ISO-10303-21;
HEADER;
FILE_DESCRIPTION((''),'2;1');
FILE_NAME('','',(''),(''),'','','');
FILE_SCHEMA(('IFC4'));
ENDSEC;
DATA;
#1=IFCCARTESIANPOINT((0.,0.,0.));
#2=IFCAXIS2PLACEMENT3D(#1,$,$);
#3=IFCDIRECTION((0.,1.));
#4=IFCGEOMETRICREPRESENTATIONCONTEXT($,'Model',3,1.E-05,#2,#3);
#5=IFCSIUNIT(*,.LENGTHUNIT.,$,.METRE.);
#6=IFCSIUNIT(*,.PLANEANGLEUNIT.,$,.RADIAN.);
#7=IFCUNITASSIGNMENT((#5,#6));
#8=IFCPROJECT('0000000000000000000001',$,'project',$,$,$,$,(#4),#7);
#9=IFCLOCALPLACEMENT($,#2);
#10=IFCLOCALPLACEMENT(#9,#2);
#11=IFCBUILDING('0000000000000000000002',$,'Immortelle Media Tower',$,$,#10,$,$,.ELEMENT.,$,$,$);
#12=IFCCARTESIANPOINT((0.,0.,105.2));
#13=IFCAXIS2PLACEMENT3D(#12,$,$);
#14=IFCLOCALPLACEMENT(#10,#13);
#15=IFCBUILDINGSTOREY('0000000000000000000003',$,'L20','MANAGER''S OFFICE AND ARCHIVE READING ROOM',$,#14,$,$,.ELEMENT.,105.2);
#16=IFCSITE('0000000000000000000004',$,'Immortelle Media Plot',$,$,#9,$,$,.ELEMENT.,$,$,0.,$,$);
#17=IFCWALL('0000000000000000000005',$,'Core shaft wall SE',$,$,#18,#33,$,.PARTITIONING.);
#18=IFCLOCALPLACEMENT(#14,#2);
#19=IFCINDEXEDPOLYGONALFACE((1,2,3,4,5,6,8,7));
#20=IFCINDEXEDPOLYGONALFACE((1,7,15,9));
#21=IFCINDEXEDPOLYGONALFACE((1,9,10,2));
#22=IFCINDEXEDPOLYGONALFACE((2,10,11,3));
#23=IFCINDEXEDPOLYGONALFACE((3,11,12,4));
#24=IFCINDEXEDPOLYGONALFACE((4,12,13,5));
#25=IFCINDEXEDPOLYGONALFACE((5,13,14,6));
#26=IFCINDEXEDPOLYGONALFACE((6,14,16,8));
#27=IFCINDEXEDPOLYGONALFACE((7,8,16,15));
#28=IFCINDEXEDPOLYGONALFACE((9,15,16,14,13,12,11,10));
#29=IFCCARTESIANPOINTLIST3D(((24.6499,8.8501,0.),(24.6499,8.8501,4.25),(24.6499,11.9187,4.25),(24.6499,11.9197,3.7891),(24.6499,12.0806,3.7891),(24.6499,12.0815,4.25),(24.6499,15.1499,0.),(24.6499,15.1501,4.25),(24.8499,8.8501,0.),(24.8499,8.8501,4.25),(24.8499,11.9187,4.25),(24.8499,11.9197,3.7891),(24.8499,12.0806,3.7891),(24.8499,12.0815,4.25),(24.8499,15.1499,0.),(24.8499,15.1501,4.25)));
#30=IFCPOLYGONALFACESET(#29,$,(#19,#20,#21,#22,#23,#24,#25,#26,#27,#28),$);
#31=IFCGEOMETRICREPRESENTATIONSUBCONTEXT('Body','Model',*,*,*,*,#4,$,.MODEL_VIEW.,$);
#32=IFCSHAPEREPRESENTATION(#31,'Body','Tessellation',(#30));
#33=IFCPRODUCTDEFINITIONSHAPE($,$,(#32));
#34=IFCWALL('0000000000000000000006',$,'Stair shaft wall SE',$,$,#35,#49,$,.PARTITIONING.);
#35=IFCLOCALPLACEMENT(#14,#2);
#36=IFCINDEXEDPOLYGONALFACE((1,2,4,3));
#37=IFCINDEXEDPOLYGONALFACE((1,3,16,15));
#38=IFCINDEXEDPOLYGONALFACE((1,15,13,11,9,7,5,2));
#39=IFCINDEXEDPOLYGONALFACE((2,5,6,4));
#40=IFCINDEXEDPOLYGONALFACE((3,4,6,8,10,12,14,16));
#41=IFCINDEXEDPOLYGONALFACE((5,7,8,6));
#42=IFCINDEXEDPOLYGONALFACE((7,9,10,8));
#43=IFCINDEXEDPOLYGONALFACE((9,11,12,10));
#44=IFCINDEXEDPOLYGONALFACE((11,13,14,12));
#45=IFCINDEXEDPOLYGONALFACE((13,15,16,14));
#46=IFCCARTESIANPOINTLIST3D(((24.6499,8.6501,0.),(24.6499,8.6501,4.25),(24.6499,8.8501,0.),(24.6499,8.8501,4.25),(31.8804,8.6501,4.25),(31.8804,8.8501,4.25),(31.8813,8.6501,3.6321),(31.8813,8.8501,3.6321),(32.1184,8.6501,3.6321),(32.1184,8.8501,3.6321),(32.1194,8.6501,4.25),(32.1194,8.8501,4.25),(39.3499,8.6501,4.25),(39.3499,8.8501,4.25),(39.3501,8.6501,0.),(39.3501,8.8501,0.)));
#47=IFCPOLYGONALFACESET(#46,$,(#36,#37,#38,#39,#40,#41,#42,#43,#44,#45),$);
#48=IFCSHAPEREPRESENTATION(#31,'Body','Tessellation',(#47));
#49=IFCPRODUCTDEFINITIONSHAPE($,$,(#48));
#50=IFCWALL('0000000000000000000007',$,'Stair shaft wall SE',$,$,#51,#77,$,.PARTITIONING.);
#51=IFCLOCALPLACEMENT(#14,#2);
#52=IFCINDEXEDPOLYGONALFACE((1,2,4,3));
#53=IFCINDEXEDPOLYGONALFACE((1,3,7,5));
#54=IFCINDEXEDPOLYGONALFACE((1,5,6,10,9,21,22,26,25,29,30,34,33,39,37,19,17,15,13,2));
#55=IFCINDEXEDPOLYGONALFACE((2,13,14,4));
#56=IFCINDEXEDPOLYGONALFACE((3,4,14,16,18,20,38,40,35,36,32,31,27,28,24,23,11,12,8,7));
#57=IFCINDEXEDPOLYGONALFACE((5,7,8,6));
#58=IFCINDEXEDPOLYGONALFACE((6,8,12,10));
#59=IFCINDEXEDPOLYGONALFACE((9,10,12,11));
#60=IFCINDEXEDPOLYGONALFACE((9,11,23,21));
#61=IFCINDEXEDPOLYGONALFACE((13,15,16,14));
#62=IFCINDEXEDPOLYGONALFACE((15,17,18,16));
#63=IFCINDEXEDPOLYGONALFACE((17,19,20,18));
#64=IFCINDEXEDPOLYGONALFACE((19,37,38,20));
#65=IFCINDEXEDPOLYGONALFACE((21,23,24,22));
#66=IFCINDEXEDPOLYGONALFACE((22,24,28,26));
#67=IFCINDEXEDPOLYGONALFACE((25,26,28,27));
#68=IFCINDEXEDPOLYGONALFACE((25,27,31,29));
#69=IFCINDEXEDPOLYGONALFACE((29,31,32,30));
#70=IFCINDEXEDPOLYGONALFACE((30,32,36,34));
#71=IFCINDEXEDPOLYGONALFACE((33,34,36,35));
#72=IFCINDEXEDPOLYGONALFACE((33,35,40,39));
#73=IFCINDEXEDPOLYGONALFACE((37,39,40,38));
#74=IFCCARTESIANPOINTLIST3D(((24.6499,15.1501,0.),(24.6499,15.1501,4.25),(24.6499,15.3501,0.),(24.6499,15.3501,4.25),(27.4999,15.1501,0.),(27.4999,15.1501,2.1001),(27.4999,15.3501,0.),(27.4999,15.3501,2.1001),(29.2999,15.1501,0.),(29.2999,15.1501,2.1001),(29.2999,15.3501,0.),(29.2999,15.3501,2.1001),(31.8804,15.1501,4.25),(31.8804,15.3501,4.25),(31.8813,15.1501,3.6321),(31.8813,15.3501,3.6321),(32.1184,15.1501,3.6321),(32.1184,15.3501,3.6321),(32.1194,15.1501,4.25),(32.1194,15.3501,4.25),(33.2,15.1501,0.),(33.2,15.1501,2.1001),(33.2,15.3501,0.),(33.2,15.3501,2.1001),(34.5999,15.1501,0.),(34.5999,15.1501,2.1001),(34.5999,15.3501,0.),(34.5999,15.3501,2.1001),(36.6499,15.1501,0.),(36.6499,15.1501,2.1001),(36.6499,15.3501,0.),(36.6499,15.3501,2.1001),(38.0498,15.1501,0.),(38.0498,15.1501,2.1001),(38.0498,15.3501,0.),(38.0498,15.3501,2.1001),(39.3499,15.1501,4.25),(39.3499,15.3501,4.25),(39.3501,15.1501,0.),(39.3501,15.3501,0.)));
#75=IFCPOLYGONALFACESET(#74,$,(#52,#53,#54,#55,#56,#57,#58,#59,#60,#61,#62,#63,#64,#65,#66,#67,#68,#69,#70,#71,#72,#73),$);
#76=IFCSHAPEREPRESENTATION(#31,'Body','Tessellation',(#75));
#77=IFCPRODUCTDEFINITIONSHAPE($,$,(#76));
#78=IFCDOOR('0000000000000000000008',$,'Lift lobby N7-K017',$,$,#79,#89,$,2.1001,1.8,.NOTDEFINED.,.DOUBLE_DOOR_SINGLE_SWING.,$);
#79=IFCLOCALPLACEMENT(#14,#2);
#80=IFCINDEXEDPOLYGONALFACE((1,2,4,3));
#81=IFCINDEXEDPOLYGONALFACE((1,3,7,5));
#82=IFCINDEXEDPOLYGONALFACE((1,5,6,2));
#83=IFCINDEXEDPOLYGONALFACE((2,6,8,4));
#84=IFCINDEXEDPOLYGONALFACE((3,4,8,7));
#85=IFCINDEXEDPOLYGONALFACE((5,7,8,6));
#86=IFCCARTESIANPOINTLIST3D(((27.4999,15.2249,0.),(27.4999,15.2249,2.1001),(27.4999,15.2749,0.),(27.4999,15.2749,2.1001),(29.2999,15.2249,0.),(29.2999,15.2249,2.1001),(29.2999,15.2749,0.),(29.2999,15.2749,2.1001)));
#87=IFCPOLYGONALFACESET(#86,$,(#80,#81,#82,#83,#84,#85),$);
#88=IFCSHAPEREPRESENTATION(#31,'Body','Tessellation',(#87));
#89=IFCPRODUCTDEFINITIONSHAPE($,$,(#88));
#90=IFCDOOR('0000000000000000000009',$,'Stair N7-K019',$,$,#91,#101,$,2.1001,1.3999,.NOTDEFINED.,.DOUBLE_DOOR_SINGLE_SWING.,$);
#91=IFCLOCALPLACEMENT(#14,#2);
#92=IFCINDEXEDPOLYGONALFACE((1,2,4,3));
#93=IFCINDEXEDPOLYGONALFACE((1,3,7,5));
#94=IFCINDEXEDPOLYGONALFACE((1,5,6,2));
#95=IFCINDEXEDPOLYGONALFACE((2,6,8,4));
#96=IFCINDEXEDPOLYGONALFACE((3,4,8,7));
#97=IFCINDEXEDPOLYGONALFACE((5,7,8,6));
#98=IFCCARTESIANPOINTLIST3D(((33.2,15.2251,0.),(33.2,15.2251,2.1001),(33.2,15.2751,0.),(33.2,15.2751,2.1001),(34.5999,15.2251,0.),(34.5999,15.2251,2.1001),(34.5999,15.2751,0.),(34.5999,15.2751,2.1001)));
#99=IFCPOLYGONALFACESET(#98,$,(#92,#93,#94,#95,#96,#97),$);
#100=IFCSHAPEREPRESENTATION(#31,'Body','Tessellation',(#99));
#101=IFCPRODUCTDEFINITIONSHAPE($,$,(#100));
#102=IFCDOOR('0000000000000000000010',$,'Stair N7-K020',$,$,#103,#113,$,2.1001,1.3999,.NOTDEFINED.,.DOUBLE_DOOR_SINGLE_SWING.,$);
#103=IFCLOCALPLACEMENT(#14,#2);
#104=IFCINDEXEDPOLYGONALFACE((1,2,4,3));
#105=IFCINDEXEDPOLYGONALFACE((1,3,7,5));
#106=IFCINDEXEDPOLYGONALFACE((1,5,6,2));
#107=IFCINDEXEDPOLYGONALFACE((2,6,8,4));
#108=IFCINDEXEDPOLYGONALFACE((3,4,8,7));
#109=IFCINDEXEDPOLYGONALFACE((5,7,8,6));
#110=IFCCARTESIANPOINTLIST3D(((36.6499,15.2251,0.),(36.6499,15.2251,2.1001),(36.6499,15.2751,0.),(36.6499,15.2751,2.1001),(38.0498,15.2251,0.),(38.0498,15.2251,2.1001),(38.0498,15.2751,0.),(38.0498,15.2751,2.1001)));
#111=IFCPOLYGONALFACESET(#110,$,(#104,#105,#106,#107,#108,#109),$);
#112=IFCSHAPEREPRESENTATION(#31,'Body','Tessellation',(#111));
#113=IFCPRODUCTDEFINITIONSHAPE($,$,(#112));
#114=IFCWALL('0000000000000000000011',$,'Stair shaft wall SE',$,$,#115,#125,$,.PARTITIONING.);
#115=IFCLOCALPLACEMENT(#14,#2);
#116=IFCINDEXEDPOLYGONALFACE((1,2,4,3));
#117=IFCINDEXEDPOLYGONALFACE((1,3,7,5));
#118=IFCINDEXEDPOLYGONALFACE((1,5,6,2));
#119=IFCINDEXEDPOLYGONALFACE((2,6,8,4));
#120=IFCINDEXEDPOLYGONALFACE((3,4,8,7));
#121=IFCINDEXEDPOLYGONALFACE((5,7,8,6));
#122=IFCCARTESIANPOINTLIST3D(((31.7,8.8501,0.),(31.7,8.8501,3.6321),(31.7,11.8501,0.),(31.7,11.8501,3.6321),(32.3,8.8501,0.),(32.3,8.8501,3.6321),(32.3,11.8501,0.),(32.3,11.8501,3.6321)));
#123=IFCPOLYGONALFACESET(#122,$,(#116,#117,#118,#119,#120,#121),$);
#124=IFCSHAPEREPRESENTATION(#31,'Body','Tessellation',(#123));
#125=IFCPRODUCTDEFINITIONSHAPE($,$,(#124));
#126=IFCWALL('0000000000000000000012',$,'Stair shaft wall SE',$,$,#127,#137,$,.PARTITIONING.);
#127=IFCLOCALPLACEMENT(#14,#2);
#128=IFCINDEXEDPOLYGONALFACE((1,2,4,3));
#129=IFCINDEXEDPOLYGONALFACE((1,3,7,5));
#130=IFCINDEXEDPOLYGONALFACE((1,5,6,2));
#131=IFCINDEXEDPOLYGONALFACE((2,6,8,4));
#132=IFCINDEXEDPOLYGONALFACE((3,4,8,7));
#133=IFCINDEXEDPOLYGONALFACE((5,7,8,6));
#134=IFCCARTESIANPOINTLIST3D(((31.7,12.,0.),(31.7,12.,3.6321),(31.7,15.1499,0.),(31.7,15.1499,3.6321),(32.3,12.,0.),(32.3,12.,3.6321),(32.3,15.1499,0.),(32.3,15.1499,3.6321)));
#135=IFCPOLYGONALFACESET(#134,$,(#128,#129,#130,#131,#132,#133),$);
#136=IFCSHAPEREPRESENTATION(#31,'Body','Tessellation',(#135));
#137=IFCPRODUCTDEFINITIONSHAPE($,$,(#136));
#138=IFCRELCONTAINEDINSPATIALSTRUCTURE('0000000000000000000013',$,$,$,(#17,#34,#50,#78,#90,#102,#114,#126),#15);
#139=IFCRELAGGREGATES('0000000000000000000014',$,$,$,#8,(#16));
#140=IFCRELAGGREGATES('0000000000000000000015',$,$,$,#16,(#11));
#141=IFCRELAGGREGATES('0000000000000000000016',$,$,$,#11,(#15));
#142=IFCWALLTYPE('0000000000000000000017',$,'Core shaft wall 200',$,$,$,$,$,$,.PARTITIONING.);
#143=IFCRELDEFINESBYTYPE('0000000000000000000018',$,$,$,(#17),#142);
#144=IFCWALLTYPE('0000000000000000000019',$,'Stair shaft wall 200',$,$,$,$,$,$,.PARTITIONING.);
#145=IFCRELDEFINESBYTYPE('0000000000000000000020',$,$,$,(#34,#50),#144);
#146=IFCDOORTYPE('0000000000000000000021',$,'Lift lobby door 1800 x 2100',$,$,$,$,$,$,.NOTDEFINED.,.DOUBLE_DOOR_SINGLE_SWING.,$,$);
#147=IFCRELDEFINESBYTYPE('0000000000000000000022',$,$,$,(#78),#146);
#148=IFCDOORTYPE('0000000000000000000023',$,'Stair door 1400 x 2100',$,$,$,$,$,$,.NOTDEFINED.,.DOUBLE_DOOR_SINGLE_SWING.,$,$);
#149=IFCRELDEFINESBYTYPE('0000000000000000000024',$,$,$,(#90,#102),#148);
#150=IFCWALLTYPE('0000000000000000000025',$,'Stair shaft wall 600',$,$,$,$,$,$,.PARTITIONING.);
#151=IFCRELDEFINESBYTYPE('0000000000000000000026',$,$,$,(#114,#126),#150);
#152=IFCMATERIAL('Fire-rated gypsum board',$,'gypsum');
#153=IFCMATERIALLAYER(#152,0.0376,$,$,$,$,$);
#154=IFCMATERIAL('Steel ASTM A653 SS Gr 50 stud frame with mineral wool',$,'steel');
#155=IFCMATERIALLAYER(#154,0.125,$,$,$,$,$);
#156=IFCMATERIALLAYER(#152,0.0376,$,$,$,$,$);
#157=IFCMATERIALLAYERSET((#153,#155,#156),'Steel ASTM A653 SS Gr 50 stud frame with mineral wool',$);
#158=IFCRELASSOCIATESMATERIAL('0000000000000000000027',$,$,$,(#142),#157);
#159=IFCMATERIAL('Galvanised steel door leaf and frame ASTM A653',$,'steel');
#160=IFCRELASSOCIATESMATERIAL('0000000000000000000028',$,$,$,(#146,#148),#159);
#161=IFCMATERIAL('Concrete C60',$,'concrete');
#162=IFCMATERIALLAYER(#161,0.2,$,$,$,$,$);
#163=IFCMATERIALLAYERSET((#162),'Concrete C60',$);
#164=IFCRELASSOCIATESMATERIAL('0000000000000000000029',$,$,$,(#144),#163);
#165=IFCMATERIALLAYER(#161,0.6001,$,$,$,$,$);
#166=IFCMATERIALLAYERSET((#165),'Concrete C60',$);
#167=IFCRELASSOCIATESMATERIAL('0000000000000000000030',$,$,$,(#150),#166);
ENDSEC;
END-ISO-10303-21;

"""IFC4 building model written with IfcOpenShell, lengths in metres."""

from ifc_helpers import new_model, si_unit, direction, frame, frame_2d, origin, place, context, subcontext, project, spatial, polyline, rectangle, outline, extrude, material, layer, layer_set, type_object, element, fill, save


model = new_model("IFC4")

# Units and contexts
model_context = context("Model", 3, precision=1e-05, world=origin(), true_north=direction((0.0, 1.0)))
body_context = subcontext(model_context, "Body", "Model", "MODEL_VIEW")
ifc_project = project(units=[si_unit("LENGTHUNIT", "METRE"), si_unit("PLANEANGLEUNIT", "RADIAN")], contexts=[model_context])

# Site, building, storey
site_placement = place(None, origin())
site = spatial("IfcSite", under=ifc_project, at=site_placement, Name="Immortelle Media Plot", CompositionType="ELEMENT", RefElevation=0.0)
building_placement = place(site_placement, origin())
building = spatial("IfcBuilding", under=site, at=building_placement, Name="Immortelle Media Tower", CompositionType="ELEMENT")
storey_placement = place(building_placement, frame((0.0, 0.0, 105.2)))
storey = spatial("IfcBuildingStorey", under=building, at=storey_placement, Name="L20", Description="MANAGER'S OFFICE AND ARCHIVE READING ROOM", CompositionType="ELEMENT", Elevation=105.2)

# Shared definitions
ifc_material_1 = material(Name="Fire-rated gypsum board", Category="gypsum")
ifc_material_2 = material(Name="Steel ASTM A653 SS Gr 50 stud frame with mineral wool", Category="steel")

# Shared definitions
ifc_layer_1 = layer(ifc_material_1, 0.0376)
ifc_layer_2 = layer(ifc_material_2, 0.125)
ifc_layer_3 = layer(ifc_material_1, 0.0376)
ifc_layer_set_1 = layer_set([ifc_layer_1, ifc_layer_2, ifc_layer_3], Name="Steel ASTM A653 SS Gr 50 stud frame with mineral wool")
wall_type_1 = type_object("IfcWallType", Name="Core shaft wall 200", PredefinedType="PARTITIONING", material=ifc_layer_set_1)

# Shared definitions
ifc_material_3 = material(Name="Galvanised steel door leaf and frame ASTM A653", Category="steel")
door_type_1 = type_object("IfcDoorType", Name="Lift lobby door 1800 x 2100", OperationType="DOUBLE_DOOR_SINGLE_SWING", PredefinedType="NOTDEFINED", material=ifc_material_3)

# Walls
wall_1_placement = place(storey_placement, frame((24.75, 8.8501, 0.0), z_axis=(0.0, 0.0, 1.0), x_axis=(0.0, 1.0, 0.0)))
element("IfcWall", 1, at=wall_1_placement, inside=storey, type_object=wall_type_1, Name="Core shaft wall SE", PredefinedType="PARTITIONING", context=body_context, shape_type="SweptSolid", body=[
    extrude(outline(polyline([(0.0, 0.0), (6.2998, 0.0), (6.3, 4.25), (3.2314, 4.25), (3.2305, 3.7891), (3.0696, 3.7891), (3.0686, 4.25), (0.0, 4.25), (0.0, 0.0)])), frame((0.0, 0.1001, 0.0), z_axis=(0.0, -1.0, 0.0), x_axis=(1.0, 0.0, 0.0)), (0.0, 0.0, 1.0), 0.2),
])
ifc_material_4 = material(Name="Concrete C60", Category="concrete")
ifc_layer_4 = layer(ifc_material_4, 0.2)
ifc_layer_set_2 = layer_set([ifc_layer_4], Name="Concrete C60")
wall_type_2 = type_object("IfcWallType", Name="Stair shaft wall 200", PredefinedType="PARTITIONING", material=ifc_layer_set_2)
wall_2_placement = place(storey_placement, frame((24.6499, 8.75, 0.0), z_axis=(0.0, 0.0, 1.0), x_axis=(1.0, 0.0, 0.0)))
element("IfcWall", 2, at=wall_2_placement, inside=storey, type_object=wall_type_2, Name="Stair shaft wall SE", PredefinedType="PARTITIONING", context=body_context, shape_type="SweptSolid", body=[
    extrude(outline(polyline([(0.0, 0.0), (14.7002, 0.0), (14.7, 4.25), (7.4695, 4.25), (7.4685, 3.6321), (7.2314, 3.6321), (7.2305, 4.25), (0.0, 4.25), (0.0, 0.0)])), frame((0.0, 0.1001, 0.0), z_axis=(0.0, -1.0, 0.0), x_axis=(1.0, 0.0, 0.0)), (0.0, 0.0, 1.0), 0.2),
])

# Wall, openings, doors
wall_3_placement = place(storey_placement, frame((24.6499, 15.25, 0.0), z_axis=(0.0, 0.0, 1.0), x_axis=(1.0, 0.0, 0.0)))
wall_3 = element("IfcWall", 3, at=wall_3_placement, inside=storey, type_object=wall_type_2, Name="Stair shaft wall SE", PredefinedType="PARTITIONING", context=body_context, shape_type="SweptSolid", body=[
    extrude(outline(polyline([(0.0, 0.0), (14.7002, 0.0), (14.7, 4.25), (7.4695, 4.25), (7.4685, 3.6321), (7.2314, 3.6321), (7.2305, 4.25), (0.0, 4.25), (0.0, 0.0)])), frame((0.0, 0.1001, 0.0), z_axis=(0.0, -1.0, 0.0), x_axis=(1.0, 0.0, 0.0)), (0.0, 0.0, 1.0), 0.2),
])
opening_1_placement = place(wall_3_placement, frame((2.8501, 0.0, 0.0)))
opening_1 = element("IfcOpeningElement", 4, at=opening_1_placement, cuts=wall_3, PredefinedType="OPENING", context=body_context, shape_type="SweptSolid", body=[
    extrude(rectangle(XDim=1.8, YDim=2.1001, at=frame_2d((0.8999, 1.05))), frame((0.0, 0.1099, 0.0), z_axis=(0.0, -1.0, 0.0), x_axis=(1.0, 0.0, 0.0)), (0.0, 0.0, 1.0), 0.22),
])
opening_2_placement = place(wall_3_placement, frame((9.95, 0.0, 0.0), z_axis=(0.0, 0.0, 1.0), x_axis=(-1.0, 0.0, 0.0)))
opening_2 = element("IfcOpeningElement", 5, at=opening_2_placement, cuts=wall_3, PredefinedType="OPENING", context=body_context, shape_type="SweptSolid", body=[
    extrude(rectangle(XDim=1.3999, YDim=2.1001, at=frame_2d((0.7, 1.05))), frame((0.0, 0.1099, 0.0), z_axis=(0.0, -1.0, 0.0), x_axis=(1.0, 0.0, 0.0)), (0.0, 0.0, 1.0), 0.22),
])
opening_3_placement = place(wall_3_placement, frame((13.3999, 0.0, 0.0), z_axis=(0.0, 0.0, 1.0), x_axis=(-1.0, 0.0, 0.0)))
opening_3 = element("IfcOpeningElement", 6, at=opening_3_placement, cuts=wall_3, PredefinedType="OPENING", context=body_context, shape_type="SweptSolid", body=[
    extrude(rectangle(XDim=1.3999, YDim=2.1001, at=frame_2d((0.7, 1.05))), frame((0.0, 0.1099, 0.0), z_axis=(0.0, -1.0, 0.0), x_axis=(1.0, 0.0, 0.0)), (0.0, 0.0, 1.0), 0.22),
])
door_1_placement = place(opening_1_placement, origin())
door_1 = element("IfcDoor", 7, at=door_1_placement, inside=storey, type_object=door_type_1, Name="Lift lobby N7-K017", OperationType="DOUBLE_DOOR_SINGLE_SWING", OverallHeight=2.1001, OverallWidth=1.8, PredefinedType="NOTDEFINED", context=body_context, shape_type="SweptSolid", body=[
    extrude(rectangle(XDim=1.8, YDim=2.1001, at=frame_2d((0.8999, 1.05))), frame((0.0, 0.0249, 0.0), z_axis=(0.0, -1.0, 0.0), x_axis=(1.0, 0.0, 0.0)), (0.0, 0.0, 1.0), 0.05),
])
fill(opening_1, door_1)
door_type_2 = type_object("IfcDoorType", Name="Stair door 1400 x 2100", OperationType="DOUBLE_DOOR_SINGLE_SWING", PredefinedType="NOTDEFINED", material=ifc_material_3)
door_2_placement = place(opening_2_placement, origin())
door_2 = element("IfcDoor", 8, at=door_2_placement, inside=storey, type_object=door_type_2, Name="Stair N7-K019", OperationType="DOUBLE_DOOR_SINGLE_SWING", OverallHeight=2.1001, OverallWidth=1.3999, PredefinedType="NOTDEFINED", context=body_context, shape_type="SweptSolid", body=[
    extrude(rectangle(XDim=1.3999, YDim=2.1001, at=frame_2d((0.7, 1.05))), frame((0.0, 0.0249, 0.0), z_axis=(0.0, -1.0, 0.0), x_axis=(1.0, 0.0, 0.0)), (0.0, 0.0, 1.0), 0.05),
])
fill(opening_2, door_2)
door_3_placement = place(opening_3_placement, origin())
door_3 = element("IfcDoor", 9, at=door_3_placement, inside=storey, type_object=door_type_2, Name="Stair N7-K020", OperationType="DOUBLE_DOOR_SINGLE_SWING", OverallHeight=2.1001, OverallWidth=1.3999, PredefinedType="NOTDEFINED", context=body_context, shape_type="SweptSolid", body=[
    extrude(rectangle(XDim=1.3999, YDim=2.1001, at=frame_2d((0.7, 1.05))), frame((0.0, 0.0249, 0.0), z_axis=(0.0, -1.0, 0.0), x_axis=(1.0, 0.0, 0.0)), (0.0, 0.0, 1.0), 0.05),
])
fill(opening_3, door_3)

# Walls
ifc_layer_5 = layer(ifc_material_4, 0.6001)
ifc_layer_set_3 = layer_set([ifc_layer_5], Name="Concrete C60")
wall_type_3 = type_object("IfcWallType", Name="Stair shaft wall 600", PredefinedType="PARTITIONING", material=ifc_layer_set_3)
wall_4_placement = place(storey_placement, frame((32.0, 8.8501, 0.0), z_axis=(0.0, 0.0, 1.0), x_axis=(0.0, 1.0, 0.0)))
element("IfcWall", 10, at=wall_4_placement, inside=storey, type_object=wall_type_3, Name="Stair shaft wall SE", PredefinedType="PARTITIONING", context=body_context, shape_type="SweptSolid", body=[
    extrude(rectangle(XDim=3.0, YDim=0.6001, at=frame_2d((1.5, 0.0))), origin(), (0.0, 0.0, 1.0), 3.6321),
])
wall_5_placement = place(storey_placement, frame((32.0, 12.0, 0.0), z_axis=(0.0, 0.0, 1.0), x_axis=(0.0, 1.0, 0.0)))
element("IfcWall", 11, at=wall_5_placement, inside=storey, type_object=wall_type_3, Name="Stair shaft wall SE", PredefinedType="PARTITIONING", context=body_context, shape_type="SweptSolid", body=[
    extrude(rectangle(XDim=3.1499, YDim=0.6001, at=frame_2d((1.575, 0.0))), origin(), (0.0, 0.0, 1.0), 3.6321),
])

save(model, "model.ifc")
